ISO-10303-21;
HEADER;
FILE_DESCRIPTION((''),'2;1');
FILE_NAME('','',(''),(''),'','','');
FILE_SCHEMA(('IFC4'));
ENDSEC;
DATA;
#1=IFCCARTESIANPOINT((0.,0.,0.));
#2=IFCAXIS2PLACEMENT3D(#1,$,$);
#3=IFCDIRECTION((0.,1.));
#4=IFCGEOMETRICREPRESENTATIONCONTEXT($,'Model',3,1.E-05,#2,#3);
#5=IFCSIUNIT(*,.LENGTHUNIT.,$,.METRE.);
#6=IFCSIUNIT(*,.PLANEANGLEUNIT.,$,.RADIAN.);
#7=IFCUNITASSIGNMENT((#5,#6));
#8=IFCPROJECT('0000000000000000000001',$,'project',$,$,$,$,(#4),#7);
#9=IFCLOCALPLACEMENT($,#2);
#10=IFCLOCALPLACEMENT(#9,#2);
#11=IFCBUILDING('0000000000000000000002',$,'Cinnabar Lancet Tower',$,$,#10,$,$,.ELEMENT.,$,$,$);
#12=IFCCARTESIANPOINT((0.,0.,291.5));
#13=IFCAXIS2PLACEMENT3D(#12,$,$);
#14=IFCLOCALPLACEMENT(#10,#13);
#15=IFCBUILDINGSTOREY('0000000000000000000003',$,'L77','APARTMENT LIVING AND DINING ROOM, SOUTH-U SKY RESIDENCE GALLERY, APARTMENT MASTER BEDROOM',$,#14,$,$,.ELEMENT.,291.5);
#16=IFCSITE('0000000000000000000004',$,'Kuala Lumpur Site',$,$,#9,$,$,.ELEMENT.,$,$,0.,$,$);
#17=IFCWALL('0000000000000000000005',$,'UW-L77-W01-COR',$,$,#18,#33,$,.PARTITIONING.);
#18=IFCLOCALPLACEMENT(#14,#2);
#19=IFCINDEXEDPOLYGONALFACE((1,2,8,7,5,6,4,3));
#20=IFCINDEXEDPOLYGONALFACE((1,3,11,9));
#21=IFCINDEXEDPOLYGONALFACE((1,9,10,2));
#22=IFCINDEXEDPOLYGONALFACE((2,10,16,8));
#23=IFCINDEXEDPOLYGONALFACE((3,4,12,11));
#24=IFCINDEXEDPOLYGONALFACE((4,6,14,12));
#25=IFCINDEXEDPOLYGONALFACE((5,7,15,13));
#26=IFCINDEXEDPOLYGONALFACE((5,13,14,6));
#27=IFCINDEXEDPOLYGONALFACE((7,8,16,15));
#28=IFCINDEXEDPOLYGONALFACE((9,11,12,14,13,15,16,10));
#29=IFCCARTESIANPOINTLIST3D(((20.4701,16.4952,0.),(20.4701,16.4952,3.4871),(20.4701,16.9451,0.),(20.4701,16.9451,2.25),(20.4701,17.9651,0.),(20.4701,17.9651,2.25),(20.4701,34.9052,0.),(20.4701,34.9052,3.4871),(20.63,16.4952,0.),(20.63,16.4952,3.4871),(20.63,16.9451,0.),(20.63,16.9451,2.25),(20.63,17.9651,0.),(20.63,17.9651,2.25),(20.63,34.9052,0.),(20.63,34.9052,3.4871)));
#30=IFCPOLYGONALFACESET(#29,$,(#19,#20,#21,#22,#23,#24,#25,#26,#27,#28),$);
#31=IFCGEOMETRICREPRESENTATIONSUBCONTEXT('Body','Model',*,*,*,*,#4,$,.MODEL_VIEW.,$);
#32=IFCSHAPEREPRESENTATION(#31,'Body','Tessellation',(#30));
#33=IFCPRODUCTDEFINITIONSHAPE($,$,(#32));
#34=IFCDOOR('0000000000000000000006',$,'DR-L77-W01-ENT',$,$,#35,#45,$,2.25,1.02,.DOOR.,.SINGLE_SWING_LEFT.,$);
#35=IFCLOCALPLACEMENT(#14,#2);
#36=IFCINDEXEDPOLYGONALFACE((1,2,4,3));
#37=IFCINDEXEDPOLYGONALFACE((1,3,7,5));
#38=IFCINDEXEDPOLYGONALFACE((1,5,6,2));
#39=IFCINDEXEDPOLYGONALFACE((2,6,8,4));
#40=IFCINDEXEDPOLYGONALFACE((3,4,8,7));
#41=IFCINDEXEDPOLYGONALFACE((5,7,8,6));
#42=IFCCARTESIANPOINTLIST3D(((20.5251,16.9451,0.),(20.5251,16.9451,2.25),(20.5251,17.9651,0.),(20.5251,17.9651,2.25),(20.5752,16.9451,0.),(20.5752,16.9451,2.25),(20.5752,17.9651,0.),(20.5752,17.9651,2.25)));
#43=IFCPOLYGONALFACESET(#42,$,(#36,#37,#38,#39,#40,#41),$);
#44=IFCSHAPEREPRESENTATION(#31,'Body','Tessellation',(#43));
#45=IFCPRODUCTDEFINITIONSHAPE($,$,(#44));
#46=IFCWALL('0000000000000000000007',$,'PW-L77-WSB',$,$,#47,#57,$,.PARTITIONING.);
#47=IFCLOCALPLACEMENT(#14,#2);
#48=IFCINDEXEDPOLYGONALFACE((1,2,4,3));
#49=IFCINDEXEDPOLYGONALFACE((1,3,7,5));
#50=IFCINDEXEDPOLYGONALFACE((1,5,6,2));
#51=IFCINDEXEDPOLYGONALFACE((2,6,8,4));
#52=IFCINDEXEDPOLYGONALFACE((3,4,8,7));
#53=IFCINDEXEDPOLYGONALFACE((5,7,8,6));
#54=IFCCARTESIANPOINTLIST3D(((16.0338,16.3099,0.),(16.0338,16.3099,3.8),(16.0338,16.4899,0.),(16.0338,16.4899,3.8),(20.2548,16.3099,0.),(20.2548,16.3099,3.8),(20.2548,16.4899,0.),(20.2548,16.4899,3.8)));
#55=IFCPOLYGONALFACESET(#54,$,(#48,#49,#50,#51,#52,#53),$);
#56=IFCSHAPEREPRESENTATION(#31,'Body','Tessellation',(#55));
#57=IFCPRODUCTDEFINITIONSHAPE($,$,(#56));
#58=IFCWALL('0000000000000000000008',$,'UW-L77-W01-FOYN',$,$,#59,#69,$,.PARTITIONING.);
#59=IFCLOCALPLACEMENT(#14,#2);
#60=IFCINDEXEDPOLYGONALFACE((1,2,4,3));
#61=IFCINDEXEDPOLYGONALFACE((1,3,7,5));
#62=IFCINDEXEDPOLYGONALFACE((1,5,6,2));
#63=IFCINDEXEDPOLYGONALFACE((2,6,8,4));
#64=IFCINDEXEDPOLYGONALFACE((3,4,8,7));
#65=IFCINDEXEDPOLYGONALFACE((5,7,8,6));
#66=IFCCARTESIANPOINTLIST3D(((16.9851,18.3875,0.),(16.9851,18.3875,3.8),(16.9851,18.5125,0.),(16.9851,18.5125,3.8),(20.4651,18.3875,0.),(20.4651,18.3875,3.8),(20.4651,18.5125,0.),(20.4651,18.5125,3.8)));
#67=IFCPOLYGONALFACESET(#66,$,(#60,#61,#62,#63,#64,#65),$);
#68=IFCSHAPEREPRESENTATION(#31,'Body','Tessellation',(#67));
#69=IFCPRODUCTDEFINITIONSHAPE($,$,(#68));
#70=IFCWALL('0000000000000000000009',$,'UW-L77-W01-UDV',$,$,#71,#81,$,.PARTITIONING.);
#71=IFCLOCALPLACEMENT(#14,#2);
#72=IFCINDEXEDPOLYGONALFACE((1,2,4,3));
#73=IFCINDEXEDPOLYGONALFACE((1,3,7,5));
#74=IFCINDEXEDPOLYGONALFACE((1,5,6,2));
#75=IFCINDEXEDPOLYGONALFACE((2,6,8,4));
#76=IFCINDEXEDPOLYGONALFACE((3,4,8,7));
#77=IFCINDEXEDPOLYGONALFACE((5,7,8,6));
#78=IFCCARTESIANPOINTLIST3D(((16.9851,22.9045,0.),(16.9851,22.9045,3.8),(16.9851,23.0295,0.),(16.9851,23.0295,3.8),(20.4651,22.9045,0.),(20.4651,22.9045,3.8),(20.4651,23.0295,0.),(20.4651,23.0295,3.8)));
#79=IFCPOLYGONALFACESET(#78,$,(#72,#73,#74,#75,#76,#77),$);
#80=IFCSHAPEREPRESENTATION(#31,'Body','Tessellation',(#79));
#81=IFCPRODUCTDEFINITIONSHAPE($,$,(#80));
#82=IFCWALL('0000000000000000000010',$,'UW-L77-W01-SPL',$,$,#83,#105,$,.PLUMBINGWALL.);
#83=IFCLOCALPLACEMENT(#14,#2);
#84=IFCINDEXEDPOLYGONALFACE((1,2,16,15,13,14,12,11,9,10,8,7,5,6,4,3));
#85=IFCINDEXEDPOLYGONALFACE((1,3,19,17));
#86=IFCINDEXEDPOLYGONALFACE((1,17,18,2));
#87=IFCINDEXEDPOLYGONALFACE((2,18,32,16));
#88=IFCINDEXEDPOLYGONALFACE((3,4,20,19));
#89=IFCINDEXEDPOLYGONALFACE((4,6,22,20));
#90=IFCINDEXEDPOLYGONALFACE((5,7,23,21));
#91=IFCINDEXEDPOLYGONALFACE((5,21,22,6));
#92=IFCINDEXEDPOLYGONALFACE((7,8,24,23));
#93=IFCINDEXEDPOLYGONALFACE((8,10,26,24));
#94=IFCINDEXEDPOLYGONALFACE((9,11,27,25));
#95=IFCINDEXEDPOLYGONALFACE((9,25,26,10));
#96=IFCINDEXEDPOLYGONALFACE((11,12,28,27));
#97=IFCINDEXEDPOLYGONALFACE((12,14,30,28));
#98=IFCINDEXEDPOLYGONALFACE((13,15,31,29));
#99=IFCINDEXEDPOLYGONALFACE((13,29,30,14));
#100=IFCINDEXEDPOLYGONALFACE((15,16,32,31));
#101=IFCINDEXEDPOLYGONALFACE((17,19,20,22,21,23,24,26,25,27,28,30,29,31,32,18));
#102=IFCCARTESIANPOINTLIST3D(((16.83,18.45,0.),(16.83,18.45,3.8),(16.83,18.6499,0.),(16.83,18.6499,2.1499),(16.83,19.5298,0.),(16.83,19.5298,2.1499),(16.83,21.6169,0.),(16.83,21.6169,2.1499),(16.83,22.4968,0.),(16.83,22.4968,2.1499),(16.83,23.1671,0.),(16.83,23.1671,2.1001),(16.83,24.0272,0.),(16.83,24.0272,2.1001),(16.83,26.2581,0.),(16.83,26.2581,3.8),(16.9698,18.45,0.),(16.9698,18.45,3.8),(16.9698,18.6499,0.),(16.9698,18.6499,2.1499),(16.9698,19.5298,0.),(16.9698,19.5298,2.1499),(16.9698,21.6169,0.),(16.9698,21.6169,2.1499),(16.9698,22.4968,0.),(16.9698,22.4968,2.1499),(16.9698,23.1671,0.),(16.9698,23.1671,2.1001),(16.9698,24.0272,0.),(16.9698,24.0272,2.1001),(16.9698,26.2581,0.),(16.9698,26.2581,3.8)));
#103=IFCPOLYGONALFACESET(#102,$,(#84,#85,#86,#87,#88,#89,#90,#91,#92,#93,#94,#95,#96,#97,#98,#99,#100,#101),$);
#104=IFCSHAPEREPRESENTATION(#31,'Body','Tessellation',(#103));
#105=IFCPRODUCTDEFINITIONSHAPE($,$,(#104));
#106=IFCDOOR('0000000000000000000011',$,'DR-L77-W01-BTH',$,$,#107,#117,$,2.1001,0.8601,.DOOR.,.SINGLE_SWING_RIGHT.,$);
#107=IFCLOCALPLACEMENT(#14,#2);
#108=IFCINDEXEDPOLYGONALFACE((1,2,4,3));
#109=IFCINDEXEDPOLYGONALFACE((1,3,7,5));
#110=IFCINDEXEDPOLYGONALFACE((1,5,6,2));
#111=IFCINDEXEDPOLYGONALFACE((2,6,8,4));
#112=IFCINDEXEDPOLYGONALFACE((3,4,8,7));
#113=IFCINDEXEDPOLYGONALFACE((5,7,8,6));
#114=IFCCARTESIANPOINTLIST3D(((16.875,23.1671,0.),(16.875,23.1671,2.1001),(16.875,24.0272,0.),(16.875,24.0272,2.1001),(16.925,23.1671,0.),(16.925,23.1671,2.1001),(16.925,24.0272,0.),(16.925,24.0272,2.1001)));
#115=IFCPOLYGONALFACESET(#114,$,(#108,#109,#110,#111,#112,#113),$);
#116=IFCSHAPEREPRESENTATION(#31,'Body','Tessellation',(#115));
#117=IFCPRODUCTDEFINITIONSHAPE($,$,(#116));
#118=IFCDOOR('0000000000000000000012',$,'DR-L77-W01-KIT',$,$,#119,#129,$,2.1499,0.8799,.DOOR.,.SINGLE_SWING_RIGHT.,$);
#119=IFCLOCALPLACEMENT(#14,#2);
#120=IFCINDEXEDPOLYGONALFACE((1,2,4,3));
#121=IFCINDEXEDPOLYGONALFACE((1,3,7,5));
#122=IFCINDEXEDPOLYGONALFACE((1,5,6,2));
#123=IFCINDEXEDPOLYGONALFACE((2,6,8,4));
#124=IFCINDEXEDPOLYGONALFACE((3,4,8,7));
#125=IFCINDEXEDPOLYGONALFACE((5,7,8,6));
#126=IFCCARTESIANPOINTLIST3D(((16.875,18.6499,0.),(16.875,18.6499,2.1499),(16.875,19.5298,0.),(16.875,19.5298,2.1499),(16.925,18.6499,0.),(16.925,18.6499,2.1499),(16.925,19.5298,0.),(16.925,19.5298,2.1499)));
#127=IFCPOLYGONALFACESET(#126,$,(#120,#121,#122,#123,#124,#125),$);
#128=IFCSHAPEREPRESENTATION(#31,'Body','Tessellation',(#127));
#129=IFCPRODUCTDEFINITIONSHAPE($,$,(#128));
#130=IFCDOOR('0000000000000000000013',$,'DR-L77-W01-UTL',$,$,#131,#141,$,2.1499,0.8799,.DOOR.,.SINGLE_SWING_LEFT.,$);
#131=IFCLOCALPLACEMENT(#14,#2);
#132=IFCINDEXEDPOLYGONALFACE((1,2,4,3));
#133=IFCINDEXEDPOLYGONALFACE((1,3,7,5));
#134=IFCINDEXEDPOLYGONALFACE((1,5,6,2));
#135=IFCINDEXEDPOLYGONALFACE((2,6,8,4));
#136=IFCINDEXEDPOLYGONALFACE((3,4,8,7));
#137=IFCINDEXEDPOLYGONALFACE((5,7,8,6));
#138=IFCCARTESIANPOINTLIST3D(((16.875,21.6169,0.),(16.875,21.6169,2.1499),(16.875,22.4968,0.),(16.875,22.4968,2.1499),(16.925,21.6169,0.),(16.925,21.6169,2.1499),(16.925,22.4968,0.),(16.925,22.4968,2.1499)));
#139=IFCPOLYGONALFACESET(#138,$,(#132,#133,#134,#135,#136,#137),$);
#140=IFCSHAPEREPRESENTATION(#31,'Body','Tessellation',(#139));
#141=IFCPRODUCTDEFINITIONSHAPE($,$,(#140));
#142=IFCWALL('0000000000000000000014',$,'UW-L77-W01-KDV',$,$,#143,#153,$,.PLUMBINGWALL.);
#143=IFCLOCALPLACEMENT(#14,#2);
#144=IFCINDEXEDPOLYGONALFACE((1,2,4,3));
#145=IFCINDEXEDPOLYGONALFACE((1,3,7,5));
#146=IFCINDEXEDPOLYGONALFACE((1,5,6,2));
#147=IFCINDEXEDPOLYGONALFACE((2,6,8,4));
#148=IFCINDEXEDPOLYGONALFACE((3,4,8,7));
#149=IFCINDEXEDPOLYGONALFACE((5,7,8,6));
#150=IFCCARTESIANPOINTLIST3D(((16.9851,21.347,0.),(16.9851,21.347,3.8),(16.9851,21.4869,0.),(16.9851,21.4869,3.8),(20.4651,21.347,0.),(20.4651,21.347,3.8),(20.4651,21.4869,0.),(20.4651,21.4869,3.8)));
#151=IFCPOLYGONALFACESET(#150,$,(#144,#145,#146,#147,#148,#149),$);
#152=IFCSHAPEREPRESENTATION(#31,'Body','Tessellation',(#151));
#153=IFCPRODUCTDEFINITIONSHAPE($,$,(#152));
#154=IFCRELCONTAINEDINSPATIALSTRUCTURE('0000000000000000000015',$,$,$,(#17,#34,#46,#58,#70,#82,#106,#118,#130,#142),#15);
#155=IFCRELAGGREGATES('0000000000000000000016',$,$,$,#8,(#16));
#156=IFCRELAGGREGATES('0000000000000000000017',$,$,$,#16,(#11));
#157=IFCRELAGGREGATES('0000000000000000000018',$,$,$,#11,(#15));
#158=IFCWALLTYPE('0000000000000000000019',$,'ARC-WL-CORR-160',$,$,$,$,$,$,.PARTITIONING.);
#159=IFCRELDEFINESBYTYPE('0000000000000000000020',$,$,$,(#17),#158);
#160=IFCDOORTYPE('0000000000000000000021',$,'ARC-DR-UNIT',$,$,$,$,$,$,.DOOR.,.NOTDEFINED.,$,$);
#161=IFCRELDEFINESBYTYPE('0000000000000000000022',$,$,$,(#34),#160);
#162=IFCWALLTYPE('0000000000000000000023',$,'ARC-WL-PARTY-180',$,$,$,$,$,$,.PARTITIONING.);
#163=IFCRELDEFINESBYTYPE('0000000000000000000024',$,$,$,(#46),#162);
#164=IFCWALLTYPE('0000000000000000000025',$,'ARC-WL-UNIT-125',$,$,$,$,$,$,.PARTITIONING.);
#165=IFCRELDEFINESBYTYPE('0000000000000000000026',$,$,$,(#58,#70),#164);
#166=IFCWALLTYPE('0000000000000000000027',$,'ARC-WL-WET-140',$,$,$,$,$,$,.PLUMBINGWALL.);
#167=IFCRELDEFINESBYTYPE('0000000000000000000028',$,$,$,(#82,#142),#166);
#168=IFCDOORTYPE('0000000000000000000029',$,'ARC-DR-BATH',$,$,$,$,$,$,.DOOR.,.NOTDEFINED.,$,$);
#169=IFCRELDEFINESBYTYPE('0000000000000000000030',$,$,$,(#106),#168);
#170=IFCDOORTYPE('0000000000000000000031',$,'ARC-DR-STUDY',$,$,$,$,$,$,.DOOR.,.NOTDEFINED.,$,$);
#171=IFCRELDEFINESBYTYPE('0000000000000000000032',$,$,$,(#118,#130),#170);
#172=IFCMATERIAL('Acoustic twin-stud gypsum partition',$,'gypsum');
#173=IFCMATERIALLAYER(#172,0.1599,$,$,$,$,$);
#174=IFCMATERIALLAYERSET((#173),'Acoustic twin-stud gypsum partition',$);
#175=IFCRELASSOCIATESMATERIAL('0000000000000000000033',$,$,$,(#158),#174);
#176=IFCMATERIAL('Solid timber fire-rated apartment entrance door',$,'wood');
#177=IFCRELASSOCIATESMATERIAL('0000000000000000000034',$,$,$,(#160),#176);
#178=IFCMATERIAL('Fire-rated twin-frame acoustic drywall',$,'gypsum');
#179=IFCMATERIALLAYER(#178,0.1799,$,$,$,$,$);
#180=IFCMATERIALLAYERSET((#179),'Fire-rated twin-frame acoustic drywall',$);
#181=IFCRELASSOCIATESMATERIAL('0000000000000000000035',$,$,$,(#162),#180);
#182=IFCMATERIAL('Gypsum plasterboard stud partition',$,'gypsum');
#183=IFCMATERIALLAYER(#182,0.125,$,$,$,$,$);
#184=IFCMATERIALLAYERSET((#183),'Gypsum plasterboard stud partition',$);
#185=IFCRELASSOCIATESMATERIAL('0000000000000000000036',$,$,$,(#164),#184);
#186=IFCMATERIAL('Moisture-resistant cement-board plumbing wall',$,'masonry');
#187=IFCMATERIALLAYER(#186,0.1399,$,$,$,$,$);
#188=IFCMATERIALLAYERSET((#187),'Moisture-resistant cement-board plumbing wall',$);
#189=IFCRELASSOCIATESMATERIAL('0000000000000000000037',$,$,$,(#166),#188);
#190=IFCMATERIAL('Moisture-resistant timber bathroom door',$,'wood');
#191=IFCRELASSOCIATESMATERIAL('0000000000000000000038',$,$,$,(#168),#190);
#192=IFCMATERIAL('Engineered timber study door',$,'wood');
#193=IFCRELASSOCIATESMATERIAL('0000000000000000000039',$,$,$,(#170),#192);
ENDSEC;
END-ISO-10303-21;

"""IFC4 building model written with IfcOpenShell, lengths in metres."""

from ifc_helpers import new_model, si_unit, direction, frame, frame_2d, origin, place, context, subcontext, project, spatial, rectangle, extrude, material, layer, layer_set, type_object, element, fill, save


model = new_model("IFC4")

# Units and contexts
model_context = context("Model", 3, precision=1e-05, world=origin(), true_north=direction((0.0, 1.0)))
body_context = subcontext(model_context, "Body", "Model", "MODEL_VIEW")
ifc_project = project(units=[si_unit("LENGTHUNIT", "METRE"), si_unit("PLANEANGLEUNIT", "RADIAN")], contexts=[model_context])

# Site, building, storey
site_placement = place(None, origin())
site = spatial("IfcSite", under=ifc_project, at=site_placement, Name="Kuala Lumpur Site", CompositionType="ELEMENT", RefElevation=0.0)
building_placement = place(site_placement, origin())
building = spatial("IfcBuilding", under=site, at=building_placement, Name="Cinnabar Lancet Tower", CompositionType="ELEMENT")
storey_placement = place(building_placement, frame((0.0, 0.0, 291.5)))
storey = spatial("IfcBuildingStorey", under=building, at=storey_placement, Name="L77", Description="APARTMENT LIVING AND DINING ROOM, SOUTH-U SKY RESIDENCE GALLERY, APARTMENT MASTER BEDROOM", CompositionType="ELEMENT", Elevation=291.5)

# Wall, opening, door
ifc_material_1 = material(Name="Acoustic twin-stud gypsum partition", Category="gypsum")
ifc_layer_1 = layer(ifc_material_1, 0.1599)
ifc_layer_set_1 = layer_set([ifc_layer_1], Name="Acoustic twin-stud gypsum partition")
wall_type_1 = type_object("IfcWallType", Name="ARC-WL-CORR-160", PredefinedType="PARTITIONING", material=ifc_layer_set_1)
wall_1_placement = place(storey_placement, frame((20.55, 16.4951, 0.0), z_axis=(0.0, 0.0, 1.0), x_axis=(0.0, 1.0, 0.0)))
wall_1 = element("IfcWall", 1, at=wall_1_placement, inside=storey, type_object=wall_type_1, Name="UW-L77-W01-COR", PredefinedType="PARTITIONING", context=body_context, shape_type="SweptSolid", body=[
    extrude(rectangle(XDim=18.4099, YDim=0.1599, at=frame_2d((9.2051, 0.0))), origin(), (0.0, 0.0, 1.0), 3.4871),
])
opening_1_placement = place(wall_1_placement, frame((0.45, 0.0, 0.0)))
opening_1 = element("IfcOpeningElement", 2, at=opening_1_placement, cuts=wall_1, PredefinedType="OPENING", context=body_context, shape_type="SweptSolid", body=[
    extrude(rectangle(XDim=1.02, YDim=2.25, at=frame_2d((0.51, 1.125))), frame((0.0, 0.0898, 0.0), z_axis=(0.0, -1.0, 0.0), x_axis=(1.0, 0.0, 0.0)), (0.0, 0.0, 1.0), 0.1799),
])
ifc_material_2 = material(Name="Solid timber fire-rated apartment entrance door", Category="wood")
door_type_1 = type_object("IfcDoorType", Name="ARC-DR-UNIT", OperationType="NOTDEFINED", PredefinedType="DOOR", material=ifc_material_2)
door_1_placement = place(opening_1_placement, origin())
door_1 = element("IfcDoor", 3, at=door_1_placement, inside=storey, type_object=door_type_1, Name="DR-L77-W01-ENT", OperationType="SINGLE_SWING_LEFT", OverallHeight=2.25, OverallWidth=1.02, PredefinedType="DOOR", context=body_context, shape_type="SweptSolid", body=[
    extrude(rectangle(XDim=1.02, YDim=2.25, at=frame_2d((0.51, 1.125))), frame((0.0, 0.0249, 0.0), z_axis=(0.0, -1.0, 0.0), x_axis=(1.0, 0.0, 0.0)), (0.0, 0.0, 1.0), 0.05),
])
fill(opening_1, door_1)

# Walls
ifc_material_3 = material(Name="Fire-rated twin-frame acoustic drywall", Category="gypsum")
ifc_layer_2 = layer(ifc_material_3, 0.1799)
ifc_layer_set_2 = layer_set([ifc_layer_2], Name="Fire-rated twin-frame acoustic drywall")
wall_type_2 = type_object("IfcWallType", Name="ARC-WL-PARTY-180", PredefinedType="PARTITIONING", material=ifc_layer_set_2)
wall_2_placement = place(storey_placement, frame((16.0339, 16.3999, 0.0), z_axis=(0.0, 0.0, 1.0), x_axis=(1.0, 0.0, 0.0)))
element("IfcWall", 4, at=wall_2_placement, inside=storey, type_object=wall_type_2, Name="PW-L77-WSB", PredefinedType="PARTITIONING", context=body_context, shape_type="SweptSolid", body=[
    extrude(rectangle(XDim=4.2209, YDim=0.1799, at=frame_2d((2.1104, 0.0))), origin(), (0.0, 0.0, 1.0), 3.8),
])
ifc_material_4 = material(Name="Gypsum plasterboard stud partition", Category="gypsum")
ifc_layer_3 = layer(ifc_material_4, 0.125)
ifc_layer_set_3 = layer_set([ifc_layer_3], Name="Gypsum plasterboard stud partition")
wall_type_3 = type_object("IfcWallType", Name="ARC-WL-UNIT-125", PredefinedType="PARTITIONING", material=ifc_layer_set_3)
for number, where, z_axis, x_axis, name in (
    (5, (16.9851, 18.45, 0.0), (0.0, 0.0, 1.0), (1.0, 0.0, 0.0), "UW-L77-W01-FOYN"),
    (6, (16.9851, 22.967, 0.0), (0.0, 0.0, 1.0), (1.0, 0.0, 0.0), "UW-L77-W01-UDV"),
):
    element("IfcWall", number, at=place(storey_placement, frame(where, z_axis=z_axis, x_axis=x_axis)), inside=storey, type_object=wall_type_3, Name=name, PredefinedType="PARTITIONING", context=body_context, shape_type="SweptSolid", body=[
        extrude(rectangle(XDim=3.48, YDim=0.125, at=frame_2d((1.74, 0.0))), origin(), (0.0, 0.0, 1.0), 3.8),
    ])

# Wall, openings, doors
ifc_material_5 = material(Name="Moisture-resistant cement-board plumbing wall", Category="masonry")
ifc_layer_4 = layer(ifc_material_5, 0.1399)
ifc_layer_set_4 = layer_set([ifc_layer_4], Name="Moisture-resistant cement-board plumbing wall")
wall_type_4 = type_object("IfcWallType", Name="ARC-WL-WET-140", PredefinedType="PLUMBINGWALL", material=ifc_layer_set_4)
wall_3_placement = place(storey_placement, frame((16.8999, 18.45, 0.0), z_axis=(0.0, 0.0, 1.0), x_axis=(0.0, 1.0, 0.0)))
wall_3 = element("IfcWall", 7, at=wall_3_placement, inside=storey, type_object=wall_type_4, Name="UW-L77-W01-SPL", PredefinedType="PLUMBINGWALL", context=body_context, shape_type="SweptSolid", body=[
    extrude(rectangle(XDim=7.8081, YDim=0.1399, at=frame_2d((3.9041, 0.0))), origin(), (0.0, 0.0, 1.0), 3.8),
])
opening_2_placement = place(wall_3_placement, frame((0.2, 0.0, 0.0)))
opening_2 = element("IfcOpeningElement", 8, at=opening_2_placement, cuts=wall_3, PredefinedType="OPENING", context=body_context, shape_type="SweptSolid", body=[
    extrude(rectangle(XDim=0.8799, YDim=2.1499, at=frame_2d((0.4399, 1.075))), frame((0.0, 0.0798, 0.0), z_axis=(0.0, -1.0, 0.0), x_axis=(1.0, 0.0, 0.0)), (0.0, 0.0, 1.0), 0.1599),
])
opening_3_placement = place(wall_3_placement, frame((3.167, 0.0, 0.0)))
opening_3 = element("IfcOpeningElement", 9, at=opening_3_placement, cuts=wall_3, PredefinedType="OPENING", context=body_context, shape_type="SweptSolid", body=[
    extrude(rectangle(XDim=0.8799, YDim=2.1499, at=frame_2d((0.4399, 1.075))), frame((0.0, 0.0798, 0.0), z_axis=(0.0, -1.0, 0.0), x_axis=(1.0, 0.0, 0.0)), (0.0, 0.0, 1.0), 0.1599),
])
opening_4_placement = place(wall_3_placement, frame((4.717, 0.0, 0.0)))
opening_4 = element("IfcOpeningElement", 10, at=opening_4_placement, cuts=wall_3, PredefinedType="OPENING", context=body_context, shape_type="SweptSolid", body=[
    extrude(rectangle(XDim=0.8601, YDim=2.1001, at=frame_2d((0.4302, 1.05))), frame((0.0, 0.0798, 0.0), z_axis=(0.0, -1.0, 0.0), x_axis=(1.0, 0.0, 0.0)), (0.0, 0.0, 1.0), 0.1599),
])
ifc_material_6 = material(Name="Moisture-resistant timber bathroom door", Category="wood")
door_type_2 = type_object("IfcDoorType", Name="ARC-DR-BATH", OperationType="NOTDEFINED", PredefinedType="DOOR", material=ifc_material_6)
door_2_placement = place(opening_4_placement, origin())
door_2 = element("IfcDoor", 11, at=door_2_placement, inside=storey, type_object=door_type_2, Name="DR-L77-W01-BTH", OperationType="SINGLE_SWING_RIGHT", OverallHeight=2.1001, OverallWidth=0.8601, PredefinedType="DOOR", context=body_context, shape_type="SweptSolid", body=[
    extrude(rectangle(XDim=0.8601, YDim=2.1001, at=frame_2d((0.4302, 1.05))), frame((0.0, 0.0249, 0.0), z_axis=(0.0, -1.0, 0.0), x_axis=(1.0, 0.0, 0.0)), (0.0, 0.0, 1.0), 0.05),
])
fill(opening_4, door_2)
ifc_material_7 = material(Name="Engineered timber study door", Category="wood")
door_type_3 = type_object("IfcDoorType", Name="ARC-DR-STUDY", OperationType="NOTDEFINED", PredefinedType="DOOR", material=ifc_material_7)
door_3_placement = place(opening_2_placement, origin())
door_3 = element("IfcDoor", 12, at=door_3_placement, inside=storey, type_object=door_type_3, Name="DR-L77-W01-KIT", OperationType="SINGLE_SWING_RIGHT", OverallHeight=2.1499, OverallWidth=0.8799, PredefinedType="DOOR", context=body_context, shape_type="SweptSolid", body=[
    extrude(rectangle(XDim=0.8799, YDim=2.1499, at=frame_2d((0.4399, 1.075))), frame((0.0, 0.0249, 0.0), z_axis=(0.0, -1.0, 0.0), x_axis=(1.0, 0.0, 0.0)), (0.0, 0.0, 1.0), 0.05),
])
fill(opening_2, door_3)
door_4_placement = place(opening_3_placement, origin())
door_4 = element("IfcDoor", 13, at=door_4_placement, inside=storey, type_object=door_type_3, Name="DR-L77-W01-UTL", OperationType="SINGLE_SWING_LEFT", OverallHeight=2.1499, OverallWidth=0.8799, PredefinedType="DOOR", context=body_context, shape_type="SweptSolid", body=[
    extrude(rectangle(XDim=0.8799, YDim=2.1499, at=frame_2d((0.4399, 1.075))), frame((0.0, 0.0249, 0.0), z_axis=(0.0, -1.0, 0.0), x_axis=(1.0, 0.0, 0.0)), (0.0, 0.0, 1.0), 0.05),
])
fill(opening_3, door_4)

# Wall
wall_4_placement = place(storey_placement, frame((16.9851, 21.417, 0.0), z_axis=(0.0, 0.0, 1.0), x_axis=(1.0, 0.0, 0.0)))
element("IfcWall", 14, at=wall_4_placement, inside=storey, type_object=wall_type_4, Name="UW-L77-W01-KDV", PredefinedType="PLUMBINGWALL", context=body_context, shape_type="SweptSolid", body=[
    extrude(rectangle(XDim=3.48, YDim=0.1399, at=frame_2d((1.74, 0.0))), origin(), (0.0, 0.0, 1.0), 3.8),
])

save(model, "model.ifc")
